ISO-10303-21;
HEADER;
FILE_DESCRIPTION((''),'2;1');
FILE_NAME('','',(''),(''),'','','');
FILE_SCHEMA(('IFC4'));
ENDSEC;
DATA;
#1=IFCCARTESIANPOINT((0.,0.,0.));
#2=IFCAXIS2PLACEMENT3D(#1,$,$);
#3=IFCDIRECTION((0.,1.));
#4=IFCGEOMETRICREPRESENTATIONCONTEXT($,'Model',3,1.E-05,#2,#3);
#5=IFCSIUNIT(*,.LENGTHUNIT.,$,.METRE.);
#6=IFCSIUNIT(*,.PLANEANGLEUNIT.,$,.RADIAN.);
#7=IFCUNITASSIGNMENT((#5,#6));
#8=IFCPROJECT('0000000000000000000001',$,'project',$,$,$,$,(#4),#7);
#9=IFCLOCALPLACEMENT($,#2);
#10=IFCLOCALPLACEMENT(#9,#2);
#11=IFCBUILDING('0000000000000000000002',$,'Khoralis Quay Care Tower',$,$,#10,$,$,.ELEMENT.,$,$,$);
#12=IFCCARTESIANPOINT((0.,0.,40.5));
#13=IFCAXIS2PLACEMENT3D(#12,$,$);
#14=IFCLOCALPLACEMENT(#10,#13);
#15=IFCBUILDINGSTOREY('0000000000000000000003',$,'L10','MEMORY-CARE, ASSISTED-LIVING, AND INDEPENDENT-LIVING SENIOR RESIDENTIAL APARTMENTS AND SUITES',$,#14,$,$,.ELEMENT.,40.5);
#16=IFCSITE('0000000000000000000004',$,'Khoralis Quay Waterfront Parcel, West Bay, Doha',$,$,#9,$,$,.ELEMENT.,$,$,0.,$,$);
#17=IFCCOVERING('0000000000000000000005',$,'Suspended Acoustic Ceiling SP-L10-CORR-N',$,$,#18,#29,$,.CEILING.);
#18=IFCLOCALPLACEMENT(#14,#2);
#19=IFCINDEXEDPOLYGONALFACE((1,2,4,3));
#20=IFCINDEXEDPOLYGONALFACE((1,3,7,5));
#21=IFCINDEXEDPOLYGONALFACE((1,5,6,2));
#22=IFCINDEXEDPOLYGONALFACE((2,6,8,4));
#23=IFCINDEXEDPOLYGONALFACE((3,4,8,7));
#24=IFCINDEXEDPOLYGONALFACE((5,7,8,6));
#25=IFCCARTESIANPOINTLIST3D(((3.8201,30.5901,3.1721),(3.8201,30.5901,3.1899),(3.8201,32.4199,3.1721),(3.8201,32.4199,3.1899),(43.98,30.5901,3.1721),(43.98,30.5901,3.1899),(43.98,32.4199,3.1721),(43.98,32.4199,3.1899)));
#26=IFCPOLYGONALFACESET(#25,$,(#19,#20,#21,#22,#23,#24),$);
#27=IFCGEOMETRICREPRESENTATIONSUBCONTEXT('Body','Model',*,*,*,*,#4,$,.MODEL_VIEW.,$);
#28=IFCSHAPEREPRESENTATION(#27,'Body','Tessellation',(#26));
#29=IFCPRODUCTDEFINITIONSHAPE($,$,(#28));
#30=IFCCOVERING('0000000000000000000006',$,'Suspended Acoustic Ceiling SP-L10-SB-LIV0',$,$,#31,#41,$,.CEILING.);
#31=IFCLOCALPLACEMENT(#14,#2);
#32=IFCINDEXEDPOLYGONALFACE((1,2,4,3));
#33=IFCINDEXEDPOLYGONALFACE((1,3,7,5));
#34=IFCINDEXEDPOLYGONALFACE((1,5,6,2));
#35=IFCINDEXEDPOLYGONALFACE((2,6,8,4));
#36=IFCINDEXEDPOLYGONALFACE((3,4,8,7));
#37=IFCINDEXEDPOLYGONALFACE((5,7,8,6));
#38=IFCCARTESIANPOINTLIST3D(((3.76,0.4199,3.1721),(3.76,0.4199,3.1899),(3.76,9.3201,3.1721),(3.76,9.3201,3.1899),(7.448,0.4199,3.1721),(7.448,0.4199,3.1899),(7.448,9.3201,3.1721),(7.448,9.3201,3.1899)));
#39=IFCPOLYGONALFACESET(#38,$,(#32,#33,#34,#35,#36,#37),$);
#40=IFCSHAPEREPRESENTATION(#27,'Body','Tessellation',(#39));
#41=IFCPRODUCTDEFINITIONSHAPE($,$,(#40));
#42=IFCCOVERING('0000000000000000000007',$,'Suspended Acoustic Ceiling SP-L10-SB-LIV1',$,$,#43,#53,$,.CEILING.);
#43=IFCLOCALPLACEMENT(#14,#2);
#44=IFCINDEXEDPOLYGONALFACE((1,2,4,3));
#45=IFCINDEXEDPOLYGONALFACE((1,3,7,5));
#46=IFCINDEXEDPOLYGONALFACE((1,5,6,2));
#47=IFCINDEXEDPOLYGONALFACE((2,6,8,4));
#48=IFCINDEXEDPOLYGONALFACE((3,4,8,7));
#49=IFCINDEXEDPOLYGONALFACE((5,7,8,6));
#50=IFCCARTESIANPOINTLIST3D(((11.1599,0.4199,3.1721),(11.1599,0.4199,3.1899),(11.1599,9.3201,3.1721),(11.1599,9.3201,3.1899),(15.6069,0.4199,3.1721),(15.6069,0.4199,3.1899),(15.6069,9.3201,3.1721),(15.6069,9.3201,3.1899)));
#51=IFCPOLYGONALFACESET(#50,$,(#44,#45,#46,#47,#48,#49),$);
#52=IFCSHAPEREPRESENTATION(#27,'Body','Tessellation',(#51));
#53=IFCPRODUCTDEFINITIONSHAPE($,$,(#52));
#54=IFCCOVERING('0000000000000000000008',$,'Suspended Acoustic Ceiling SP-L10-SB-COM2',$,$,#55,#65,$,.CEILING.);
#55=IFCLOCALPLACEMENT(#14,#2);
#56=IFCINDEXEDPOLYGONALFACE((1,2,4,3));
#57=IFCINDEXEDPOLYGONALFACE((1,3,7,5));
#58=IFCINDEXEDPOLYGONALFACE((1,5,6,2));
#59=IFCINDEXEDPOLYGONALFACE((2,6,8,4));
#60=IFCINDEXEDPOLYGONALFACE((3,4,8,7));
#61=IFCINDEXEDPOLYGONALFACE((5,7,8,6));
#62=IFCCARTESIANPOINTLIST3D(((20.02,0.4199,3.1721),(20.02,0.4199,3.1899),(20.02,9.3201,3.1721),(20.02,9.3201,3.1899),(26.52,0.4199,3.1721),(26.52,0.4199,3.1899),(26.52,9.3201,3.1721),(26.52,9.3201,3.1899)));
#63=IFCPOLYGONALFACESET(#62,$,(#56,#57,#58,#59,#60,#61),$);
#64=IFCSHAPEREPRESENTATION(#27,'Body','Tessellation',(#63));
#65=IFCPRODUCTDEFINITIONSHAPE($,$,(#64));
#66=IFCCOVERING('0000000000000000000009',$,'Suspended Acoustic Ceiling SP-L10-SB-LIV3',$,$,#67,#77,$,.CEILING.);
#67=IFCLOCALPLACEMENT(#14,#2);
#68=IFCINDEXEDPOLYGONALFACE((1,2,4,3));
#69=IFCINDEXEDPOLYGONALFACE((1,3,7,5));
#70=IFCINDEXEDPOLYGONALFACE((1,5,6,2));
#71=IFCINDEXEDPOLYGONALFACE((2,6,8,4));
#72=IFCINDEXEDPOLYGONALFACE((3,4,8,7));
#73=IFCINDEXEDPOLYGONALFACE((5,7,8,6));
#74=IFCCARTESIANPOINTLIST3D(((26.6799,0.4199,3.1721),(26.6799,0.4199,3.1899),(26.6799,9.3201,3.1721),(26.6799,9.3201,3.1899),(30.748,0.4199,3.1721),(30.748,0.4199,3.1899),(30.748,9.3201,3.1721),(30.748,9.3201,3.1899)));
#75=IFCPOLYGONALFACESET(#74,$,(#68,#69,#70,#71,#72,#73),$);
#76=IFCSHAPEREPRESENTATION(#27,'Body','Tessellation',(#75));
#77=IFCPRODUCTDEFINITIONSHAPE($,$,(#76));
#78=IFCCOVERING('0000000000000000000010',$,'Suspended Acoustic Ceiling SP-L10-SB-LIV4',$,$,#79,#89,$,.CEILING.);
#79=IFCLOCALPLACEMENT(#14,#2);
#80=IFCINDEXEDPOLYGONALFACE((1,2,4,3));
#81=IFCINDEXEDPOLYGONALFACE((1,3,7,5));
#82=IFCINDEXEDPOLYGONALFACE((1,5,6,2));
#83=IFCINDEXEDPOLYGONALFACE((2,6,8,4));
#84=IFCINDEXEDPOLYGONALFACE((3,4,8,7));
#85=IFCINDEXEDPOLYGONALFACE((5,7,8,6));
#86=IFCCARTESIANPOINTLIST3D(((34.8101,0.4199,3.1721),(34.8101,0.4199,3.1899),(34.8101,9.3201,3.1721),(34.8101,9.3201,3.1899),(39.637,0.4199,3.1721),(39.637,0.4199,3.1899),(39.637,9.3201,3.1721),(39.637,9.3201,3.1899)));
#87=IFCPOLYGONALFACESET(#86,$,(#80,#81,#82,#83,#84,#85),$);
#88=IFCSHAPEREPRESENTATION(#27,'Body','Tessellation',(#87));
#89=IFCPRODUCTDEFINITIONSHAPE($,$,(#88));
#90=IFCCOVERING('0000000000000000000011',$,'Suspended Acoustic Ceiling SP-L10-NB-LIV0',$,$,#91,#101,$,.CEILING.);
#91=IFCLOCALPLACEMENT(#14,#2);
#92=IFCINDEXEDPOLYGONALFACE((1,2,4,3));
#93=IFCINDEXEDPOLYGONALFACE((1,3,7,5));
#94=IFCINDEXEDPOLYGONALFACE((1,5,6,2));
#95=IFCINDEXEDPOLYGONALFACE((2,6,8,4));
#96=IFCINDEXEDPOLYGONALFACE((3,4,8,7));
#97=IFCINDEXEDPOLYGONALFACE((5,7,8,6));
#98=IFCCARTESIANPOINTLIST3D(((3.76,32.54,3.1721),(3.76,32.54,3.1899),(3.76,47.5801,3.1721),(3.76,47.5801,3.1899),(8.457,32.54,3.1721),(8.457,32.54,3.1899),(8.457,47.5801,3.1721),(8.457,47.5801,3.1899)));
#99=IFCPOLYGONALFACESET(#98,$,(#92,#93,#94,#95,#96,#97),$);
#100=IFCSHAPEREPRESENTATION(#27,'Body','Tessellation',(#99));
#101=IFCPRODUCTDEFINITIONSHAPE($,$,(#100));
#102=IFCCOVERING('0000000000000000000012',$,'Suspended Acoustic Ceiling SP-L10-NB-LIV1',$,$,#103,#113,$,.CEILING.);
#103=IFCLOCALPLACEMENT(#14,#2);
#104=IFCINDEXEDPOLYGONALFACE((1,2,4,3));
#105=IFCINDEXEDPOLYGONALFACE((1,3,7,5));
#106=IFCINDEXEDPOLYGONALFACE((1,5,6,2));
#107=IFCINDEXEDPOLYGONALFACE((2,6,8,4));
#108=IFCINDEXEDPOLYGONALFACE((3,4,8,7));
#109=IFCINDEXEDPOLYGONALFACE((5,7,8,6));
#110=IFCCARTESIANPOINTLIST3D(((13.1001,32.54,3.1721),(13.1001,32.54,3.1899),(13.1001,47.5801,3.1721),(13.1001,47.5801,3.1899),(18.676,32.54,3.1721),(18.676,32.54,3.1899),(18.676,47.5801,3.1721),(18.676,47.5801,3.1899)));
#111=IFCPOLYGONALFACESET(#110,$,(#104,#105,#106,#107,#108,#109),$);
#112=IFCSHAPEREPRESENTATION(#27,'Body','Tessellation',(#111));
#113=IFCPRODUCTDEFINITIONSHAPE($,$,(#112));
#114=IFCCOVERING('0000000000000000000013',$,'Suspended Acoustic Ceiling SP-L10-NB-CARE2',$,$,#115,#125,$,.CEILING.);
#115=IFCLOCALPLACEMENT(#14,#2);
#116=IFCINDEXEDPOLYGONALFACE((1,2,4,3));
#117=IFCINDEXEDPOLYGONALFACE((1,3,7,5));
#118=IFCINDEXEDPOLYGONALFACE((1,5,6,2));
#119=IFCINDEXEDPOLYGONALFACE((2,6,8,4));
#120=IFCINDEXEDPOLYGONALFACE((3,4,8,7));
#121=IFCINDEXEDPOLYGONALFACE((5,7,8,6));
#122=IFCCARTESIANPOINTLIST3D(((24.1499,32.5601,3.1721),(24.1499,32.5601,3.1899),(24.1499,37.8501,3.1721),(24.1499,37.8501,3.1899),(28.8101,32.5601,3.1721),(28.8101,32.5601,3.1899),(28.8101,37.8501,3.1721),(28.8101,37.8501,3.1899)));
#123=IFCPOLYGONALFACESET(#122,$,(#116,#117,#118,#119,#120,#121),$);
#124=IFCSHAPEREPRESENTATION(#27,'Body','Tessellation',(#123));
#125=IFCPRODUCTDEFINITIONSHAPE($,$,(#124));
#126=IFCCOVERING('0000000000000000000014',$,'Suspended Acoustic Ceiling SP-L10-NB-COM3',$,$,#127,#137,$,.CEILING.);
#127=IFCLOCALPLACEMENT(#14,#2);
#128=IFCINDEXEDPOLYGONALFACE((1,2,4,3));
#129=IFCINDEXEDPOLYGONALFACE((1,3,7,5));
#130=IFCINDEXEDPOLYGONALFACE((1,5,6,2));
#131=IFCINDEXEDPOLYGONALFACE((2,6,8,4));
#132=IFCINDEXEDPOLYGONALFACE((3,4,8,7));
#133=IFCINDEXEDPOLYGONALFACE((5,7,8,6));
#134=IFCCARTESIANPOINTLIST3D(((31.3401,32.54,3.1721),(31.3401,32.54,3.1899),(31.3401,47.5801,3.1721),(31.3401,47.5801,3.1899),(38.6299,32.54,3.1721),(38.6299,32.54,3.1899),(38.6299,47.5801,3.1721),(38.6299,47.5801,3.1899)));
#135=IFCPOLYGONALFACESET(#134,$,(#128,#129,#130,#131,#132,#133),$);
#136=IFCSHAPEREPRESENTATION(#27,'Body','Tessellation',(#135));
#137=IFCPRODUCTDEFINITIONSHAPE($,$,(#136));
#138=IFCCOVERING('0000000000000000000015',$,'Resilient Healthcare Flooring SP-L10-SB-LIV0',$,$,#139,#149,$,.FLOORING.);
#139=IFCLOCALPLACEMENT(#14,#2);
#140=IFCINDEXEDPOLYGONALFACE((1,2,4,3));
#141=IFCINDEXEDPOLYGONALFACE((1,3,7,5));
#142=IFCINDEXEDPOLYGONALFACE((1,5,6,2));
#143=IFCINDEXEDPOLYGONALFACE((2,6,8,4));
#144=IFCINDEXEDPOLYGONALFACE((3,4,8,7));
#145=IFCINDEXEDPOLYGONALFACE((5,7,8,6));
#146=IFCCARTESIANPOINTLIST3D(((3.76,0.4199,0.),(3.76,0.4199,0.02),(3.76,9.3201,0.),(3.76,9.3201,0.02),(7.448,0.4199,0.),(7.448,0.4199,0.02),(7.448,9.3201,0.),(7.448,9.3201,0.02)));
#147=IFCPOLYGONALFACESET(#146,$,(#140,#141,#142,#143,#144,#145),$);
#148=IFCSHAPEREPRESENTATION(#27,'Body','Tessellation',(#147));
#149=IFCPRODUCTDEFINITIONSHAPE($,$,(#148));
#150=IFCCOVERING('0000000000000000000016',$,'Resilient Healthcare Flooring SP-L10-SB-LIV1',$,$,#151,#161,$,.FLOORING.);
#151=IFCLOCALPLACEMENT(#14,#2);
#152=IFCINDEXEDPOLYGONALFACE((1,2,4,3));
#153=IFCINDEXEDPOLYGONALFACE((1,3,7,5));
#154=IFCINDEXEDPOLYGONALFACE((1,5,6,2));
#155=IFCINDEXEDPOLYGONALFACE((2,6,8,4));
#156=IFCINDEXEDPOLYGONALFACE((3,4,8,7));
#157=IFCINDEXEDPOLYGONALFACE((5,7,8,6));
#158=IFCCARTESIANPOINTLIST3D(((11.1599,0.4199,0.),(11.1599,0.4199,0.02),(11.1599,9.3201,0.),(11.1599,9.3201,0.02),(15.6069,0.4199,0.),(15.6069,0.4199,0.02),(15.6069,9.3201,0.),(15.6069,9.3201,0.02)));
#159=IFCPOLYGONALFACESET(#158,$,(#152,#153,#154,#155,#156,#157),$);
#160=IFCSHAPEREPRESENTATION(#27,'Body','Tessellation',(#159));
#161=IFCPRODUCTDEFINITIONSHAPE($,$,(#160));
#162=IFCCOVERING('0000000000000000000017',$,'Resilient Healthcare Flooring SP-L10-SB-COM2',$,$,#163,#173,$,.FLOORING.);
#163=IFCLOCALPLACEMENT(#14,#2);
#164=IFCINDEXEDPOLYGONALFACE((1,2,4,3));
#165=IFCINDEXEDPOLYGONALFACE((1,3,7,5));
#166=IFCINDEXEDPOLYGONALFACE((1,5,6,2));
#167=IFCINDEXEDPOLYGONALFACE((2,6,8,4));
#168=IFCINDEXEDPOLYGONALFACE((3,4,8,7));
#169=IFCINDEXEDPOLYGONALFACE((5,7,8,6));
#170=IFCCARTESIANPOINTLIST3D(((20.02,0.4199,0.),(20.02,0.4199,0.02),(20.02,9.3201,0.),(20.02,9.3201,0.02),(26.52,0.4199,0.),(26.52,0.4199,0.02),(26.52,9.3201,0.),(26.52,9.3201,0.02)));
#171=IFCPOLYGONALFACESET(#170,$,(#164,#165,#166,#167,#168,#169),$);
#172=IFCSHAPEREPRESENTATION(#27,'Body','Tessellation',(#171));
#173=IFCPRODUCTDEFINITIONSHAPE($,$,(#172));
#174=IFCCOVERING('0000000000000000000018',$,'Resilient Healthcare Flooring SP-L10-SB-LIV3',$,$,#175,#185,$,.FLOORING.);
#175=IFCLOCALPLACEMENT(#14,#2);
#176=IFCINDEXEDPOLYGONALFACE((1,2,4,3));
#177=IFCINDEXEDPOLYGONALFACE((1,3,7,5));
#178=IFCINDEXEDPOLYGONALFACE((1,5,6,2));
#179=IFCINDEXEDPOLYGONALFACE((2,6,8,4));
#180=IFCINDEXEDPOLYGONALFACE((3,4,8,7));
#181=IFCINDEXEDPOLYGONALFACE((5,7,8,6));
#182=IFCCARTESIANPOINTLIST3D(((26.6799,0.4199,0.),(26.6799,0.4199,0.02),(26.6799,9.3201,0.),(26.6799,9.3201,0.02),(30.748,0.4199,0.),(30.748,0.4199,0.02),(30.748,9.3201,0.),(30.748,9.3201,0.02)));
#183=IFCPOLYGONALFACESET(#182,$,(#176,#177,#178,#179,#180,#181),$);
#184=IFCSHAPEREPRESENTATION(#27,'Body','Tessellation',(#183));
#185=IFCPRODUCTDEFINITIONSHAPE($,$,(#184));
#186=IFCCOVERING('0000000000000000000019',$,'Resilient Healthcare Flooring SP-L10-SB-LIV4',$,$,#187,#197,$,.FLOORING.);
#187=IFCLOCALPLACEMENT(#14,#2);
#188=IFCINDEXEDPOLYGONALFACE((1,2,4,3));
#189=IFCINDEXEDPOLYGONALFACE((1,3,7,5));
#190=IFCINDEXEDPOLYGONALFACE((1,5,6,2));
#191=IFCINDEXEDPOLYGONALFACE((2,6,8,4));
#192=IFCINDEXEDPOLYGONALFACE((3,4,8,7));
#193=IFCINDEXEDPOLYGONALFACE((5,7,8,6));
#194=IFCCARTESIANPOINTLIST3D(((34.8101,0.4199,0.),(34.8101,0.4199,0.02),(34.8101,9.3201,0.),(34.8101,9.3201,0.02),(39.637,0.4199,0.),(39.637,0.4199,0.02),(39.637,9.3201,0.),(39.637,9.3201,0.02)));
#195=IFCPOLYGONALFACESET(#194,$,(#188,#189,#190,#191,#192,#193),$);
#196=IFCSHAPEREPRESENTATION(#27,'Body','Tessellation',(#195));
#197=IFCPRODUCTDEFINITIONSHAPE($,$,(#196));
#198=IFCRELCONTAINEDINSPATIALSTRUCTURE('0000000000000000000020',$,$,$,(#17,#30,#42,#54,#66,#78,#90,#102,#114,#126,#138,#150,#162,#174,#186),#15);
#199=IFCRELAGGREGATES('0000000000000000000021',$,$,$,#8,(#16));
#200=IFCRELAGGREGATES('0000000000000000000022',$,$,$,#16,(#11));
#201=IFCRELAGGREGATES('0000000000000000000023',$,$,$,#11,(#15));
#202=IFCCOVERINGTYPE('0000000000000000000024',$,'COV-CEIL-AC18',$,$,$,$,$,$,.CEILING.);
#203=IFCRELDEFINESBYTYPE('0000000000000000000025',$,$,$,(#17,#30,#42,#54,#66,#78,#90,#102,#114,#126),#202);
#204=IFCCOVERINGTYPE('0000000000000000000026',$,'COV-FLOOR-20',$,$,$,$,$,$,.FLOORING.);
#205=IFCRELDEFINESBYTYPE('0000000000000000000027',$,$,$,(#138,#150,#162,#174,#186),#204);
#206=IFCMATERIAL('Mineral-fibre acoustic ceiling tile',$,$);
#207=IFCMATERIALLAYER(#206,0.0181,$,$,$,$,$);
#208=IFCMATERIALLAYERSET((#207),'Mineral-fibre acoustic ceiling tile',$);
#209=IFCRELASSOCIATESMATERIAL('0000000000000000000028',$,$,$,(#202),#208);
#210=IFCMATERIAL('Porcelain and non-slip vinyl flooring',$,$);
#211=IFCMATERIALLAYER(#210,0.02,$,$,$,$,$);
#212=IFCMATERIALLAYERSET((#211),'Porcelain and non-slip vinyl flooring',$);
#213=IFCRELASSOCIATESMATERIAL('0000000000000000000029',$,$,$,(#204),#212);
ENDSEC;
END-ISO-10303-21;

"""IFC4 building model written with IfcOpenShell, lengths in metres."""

from ifc_helpers import new_model, si_unit, direction, frame, origin, place, context, subcontext, project, spatial, polyline, outline, extrude, material, layer, layer_set, type_object, element, save


model = new_model("IFC4")

# Units and contexts
model_context = context("Model", 3, precision=1e-05, world=origin(), true_north=direction((0.0, 1.0)))
body_context = subcontext(model_context, "Body", "Model", "MODEL_VIEW")
ifc_project = project(units=[si_unit("LENGTHUNIT", "METRE"), si_unit("PLANEANGLEUNIT", "RADIAN")], contexts=[model_context])

# Site, building, storey
site_placement = place(None, origin())
site = spatial("IfcSite", under=ifc_project, at=site_placement, Name="Khoralis Quay Waterfront Parcel, West Bay, Doha", CompositionType="ELEMENT", RefElevation=0.0)
building_placement = place(site_placement, origin())
building = spatial("IfcBuilding", under=site, at=building_placement, Name="Khoralis Quay Care Tower", CompositionType="ELEMENT")
storey_placement = place(building_placement, frame((0.0, 0.0, 40.5)))
storey = spatial("IfcBuildingStorey", under=building, at=storey_placement, Name="L10", Description="MEMORY-CARE, ASSISTED-LIVING, AND INDEPENDENT-LIVING SENIOR RESIDENTIAL APARTMENTS AND SUITES", CompositionType="ELEMENT", Elevation=40.5)

# Coverings
ifc_material_1 = material(Name="Mineral-fibre acoustic ceiling tile")
ifc_layer_1 = layer(ifc_material_1, 0.0181)
ifc_layer_set_1 = layer_set([ifc_layer_1], Name="Mineral-fibre acoustic ceiling tile")
covering_type_1 = type_object("IfcCoveringType", Name="COV-CEIL-AC18", PredefinedType="CEILING", material=ifc_layer_set_1)
covering_1_placement = place(storey_placement, frame((0.0, 0.0, 3.1721)))
element("IfcCovering", 1, at=covering_1_placement, inside=storey, type_object=covering_type_1, Name="Suspended Acoustic Ceiling SP-L10-CORR-N", PredefinedType="CEILING", context=body_context, shape_type="SweptSolid", body=[
    extrude(outline(polyline([(3.8201, 30.5901), (43.98, 30.5901), (43.98, 32.4199), (3.8201, 32.4199), (3.8201, 30.5901)])), origin(), (0.0, 0.0, 1.0), 0.0178),
])
covering_2_placement = place(storey_placement, frame((0.0, 0.0, 3.1721)))
element("IfcCovering", 2, at=covering_2_placement, inside=storey, type_object=covering_type_1, Name="Suspended Acoustic Ceiling SP-L10-SB-LIV0", PredefinedType="CEILING", context=body_context, shape_type="SweptSolid", body=[
    extrude(outline(polyline([(3.76, 0.4199), (7.448, 0.4199), (7.448, 9.3201), (3.76, 9.3201), (3.76, 0.4199)])), origin(), (0.0, 0.0, 1.0), 0.0178),
])
covering_3_placement = place(storey_placement, frame((0.0, 0.0, 3.1721)))
element("IfcCovering", 3, at=covering_3_placement, inside=storey, type_object=covering_type_1, Name="Suspended Acoustic Ceiling SP-L10-SB-LIV1", PredefinedType="CEILING", context=body_context, shape_type="SweptSolid", body=[
    extrude(outline(polyline([(11.1599, 0.4199), (15.6069, 0.4199), (15.6069, 9.3201), (11.1599, 9.3201), (11.1599, 0.4199)])), origin(), (0.0, 0.0, 1.0), 0.0178),
])
covering_4_placement = place(storey_placement, frame((0.0, 0.0, 3.1721)))
element("IfcCovering", 4, at=covering_4_placement, inside=storey, type_object=covering_type_1, Name="Suspended Acoustic Ceiling SP-L10-SB-COM2", PredefinedType="CEILING", context=body_context, shape_type="SweptSolid", body=[
    extrude(outline(polyline([(20.02, 0.4199), (26.52, 0.4199), (26.52, 9.3201), (20.02, 9.3201), (20.02, 0.4199)])), origin(), (0.0, 0.0, 1.0), 0.0178),
])
covering_5_placement = place(storey_placement, frame((0.0, 0.0, 3.1721)))
element("IfcCovering", 5, at=covering_5_placement, inside=storey, type_object=covering_type_1, Name="Suspended Acoustic Ceiling SP-L10-SB-LIV3", PredefinedType="CEILING", context=body_context, shape_type="SweptSolid", body=[
    extrude(outline(polyline([(26.6799, 0.4199), (30.748, 0.4199), (30.748, 9.3201), (26.6799, 9.3201), (26.6799, 0.4199)])), origin(), (0.0, 0.0, 1.0), 0.0178),
])
covering_6_placement = place(storey_placement, frame((0.0, 0.0, 3.1721)))
element("IfcCovering", 6, at=covering_6_placement, inside=storey, type_object=covering_type_1, Name="Suspended Acoustic Ceiling SP-L10-SB-LIV4", PredefinedType="CEILING", context=body_context, shape_type="SweptSolid", body=[
    extrude(outline(polyline([(34.8101, 0.4199), (39.637, 0.4199), (39.637, 9.3201), (34.8101, 9.3201), (34.8101, 0.4199)])), origin(), (0.0, 0.0, 1.0), 0.0178),
])
covering_7_placement = place(storey_placement, frame((0.0, 0.0, 3.1721)))
element("IfcCovering", 7, at=covering_7_placement, inside=storey, type_object=covering_type_1, Name="Suspended Acoustic Ceiling SP-L10-NB-LIV0", PredefinedType="CEILING", context=body_context, shape_type="SweptSolid", body=[
    extrude(outline(polyline([(3.76, 32.54), (8.457, 32.54), (8.457, 47.5801), (3.76, 47.5801), (3.76, 32.54)])), origin(), (0.0, 0.0, 1.0), 0.0178),
])
covering_8_placement = place(storey_placement, frame((0.0, 0.0, 3.1721)))
element("IfcCovering", 8, at=covering_8_placement, inside=storey, type_object=covering_type_1, Name="Suspended Acoustic Ceiling SP-L10-NB-LIV1", PredefinedType="CEILING", context=body_context, shape_type="SweptSolid", body=[
    extrude(outline(polyline([(13.1001, 32.54), (18.676, 32.54), (18.676, 47.5801), (13.1001, 47.5801), (13.1001, 32.54)])), origin(), (0.0, 0.0, 1.0), 0.0178),
])
covering_9_placement = place(storey_placement, frame((0.0, 0.0, 3.1721)))
element("IfcCovering", 9, at=covering_9_placement, inside=storey, type_object=covering_type_1, Name="Suspended Acoustic Ceiling SP-L10-NB-CARE2", PredefinedType="CEILING", context=body_context, shape_type="SweptSolid", body=[
    extrude(outline(polyline([(24.1499, 32.5601), (28.8101, 32.5601), (28.8101, 37.8501), (24.1499, 37.8501), (24.1499, 32.5601)])), origin(), (0.0, 0.0, 1.0), 0.0178),
])
covering_10_placement = place(storey_placement, frame((0.0, 0.0, 3.1721)))
element("IfcCovering", 10, at=covering_10_placement, inside=storey, type_object=covering_type_1, Name="Suspended Acoustic Ceiling SP-L10-NB-COM3", PredefinedType="CEILING", context=body_context, shape_type="SweptSolid", body=[
    extrude(outline(polyline([(31.3401, 32.54), (38.6299, 32.54), (38.6299, 47.5801), (31.3401, 47.5801), (31.3401, 32.54)])), origin(), (0.0, 0.0, 1.0), 0.0178),
])
ifc_material_2 = material(Name="Porcelain and non-slip vinyl flooring")
ifc_layer_2 = layer(ifc_material_2, 0.02)
ifc_layer_set_2 = layer_set([ifc_layer_2], Name="Porcelain and non-slip vinyl flooring")
covering_type_2 = type_object("IfcCoveringType", Name="COV-FLOOR-20", PredefinedType="FLOORING", material=ifc_layer_set_2)
covering_11_placement = place(storey_placement, origin())
element("IfcCovering", 11, at=covering_11_placement, inside=storey, type_object=covering_type_2, Name="Resilient Healthcare Flooring SP-L10-SB-LIV0", PredefinedType="FLOORING", context=body_context, shape_type="SweptSolid", body=[
    extrude(outline(polyline([(3.76, 0.4199), (7.448, 0.4199), (7.448, 9.3201), (3.76, 9.3201), (3.76, 0.4199)])), origin(), (0.0, 0.0, 1.0), 0.02),
])
covering_12_placement = place(storey_placement, origin())
element("IfcCovering", 12, at=covering_12_placement, inside=storey, type_object=covering_type_2, Name="Resilient Healthcare Flooring SP-L10-SB-LIV1", PredefinedType="FLOORING", context=body_context, shape_type="SweptSolid", body=[
    extrude(outline(polyline([(11.1599, 0.4199), (15.6069, 0.4199), (15.6069, 9.3201), (11.1599, 9.3201), (11.1599, 0.4199)])), origin(), (0.0, 0.0, 1.0), 0.02),
])
covering_13_placement = place(storey_placement, origin())
element("IfcCovering", 13, at=covering_13_placement, inside=storey, type_object=covering_type_2, Name="Resilient Healthcare Flooring SP-L10-SB-COM2", PredefinedType="FLOORING", context=body_context, shape_type="SweptSolid", body=[
    extrude(outline(polyline([(20.02, 0.4199), (26.52, 0.4199), (26.52, 9.3201), (20.02, 9.3201), (20.02, 0.4199)])), origin(), (0.0, 0.0, 1.0), 0.02),
])
covering_14_placement = place(storey_placement, origin())
element("IfcCovering", 14, at=covering_14_placement, inside=storey, type_object=covering_type_2, Name="Resilient Healthcare Flooring SP-L10-SB-LIV3", PredefinedType="FLOORING", context=body_context, shape_type="SweptSolid", body=[
    extrude(outline(polyline([(26.6799, 0.4199), (30.748, 0.4199), (30.748, 9.3201), (26.6799, 9.3201), (26.6799, 0.4199)])), origin(), (0.0, 0.0, 1.0), 0.02),
])
covering_15_placement = place(storey_placement, origin())
element("IfcCovering", 15, at=covering_15_placement, inside=storey, type_object=covering_type_2, Name="Resilient Healthcare Flooring SP-L10-SB-LIV4", PredefinedType="FLOORING", context=body_context, shape_type="SweptSolid", body=[
    extrude(outline(polyline([(34.8101, 0.4199), (39.637, 0.4199), (39.637, 9.3201), (34.8101, 9.3201), (34.8101, 0.4199)])), origin(), (0.0, 0.0, 1.0), 0.02),
])

save(model, "model.ifc")
